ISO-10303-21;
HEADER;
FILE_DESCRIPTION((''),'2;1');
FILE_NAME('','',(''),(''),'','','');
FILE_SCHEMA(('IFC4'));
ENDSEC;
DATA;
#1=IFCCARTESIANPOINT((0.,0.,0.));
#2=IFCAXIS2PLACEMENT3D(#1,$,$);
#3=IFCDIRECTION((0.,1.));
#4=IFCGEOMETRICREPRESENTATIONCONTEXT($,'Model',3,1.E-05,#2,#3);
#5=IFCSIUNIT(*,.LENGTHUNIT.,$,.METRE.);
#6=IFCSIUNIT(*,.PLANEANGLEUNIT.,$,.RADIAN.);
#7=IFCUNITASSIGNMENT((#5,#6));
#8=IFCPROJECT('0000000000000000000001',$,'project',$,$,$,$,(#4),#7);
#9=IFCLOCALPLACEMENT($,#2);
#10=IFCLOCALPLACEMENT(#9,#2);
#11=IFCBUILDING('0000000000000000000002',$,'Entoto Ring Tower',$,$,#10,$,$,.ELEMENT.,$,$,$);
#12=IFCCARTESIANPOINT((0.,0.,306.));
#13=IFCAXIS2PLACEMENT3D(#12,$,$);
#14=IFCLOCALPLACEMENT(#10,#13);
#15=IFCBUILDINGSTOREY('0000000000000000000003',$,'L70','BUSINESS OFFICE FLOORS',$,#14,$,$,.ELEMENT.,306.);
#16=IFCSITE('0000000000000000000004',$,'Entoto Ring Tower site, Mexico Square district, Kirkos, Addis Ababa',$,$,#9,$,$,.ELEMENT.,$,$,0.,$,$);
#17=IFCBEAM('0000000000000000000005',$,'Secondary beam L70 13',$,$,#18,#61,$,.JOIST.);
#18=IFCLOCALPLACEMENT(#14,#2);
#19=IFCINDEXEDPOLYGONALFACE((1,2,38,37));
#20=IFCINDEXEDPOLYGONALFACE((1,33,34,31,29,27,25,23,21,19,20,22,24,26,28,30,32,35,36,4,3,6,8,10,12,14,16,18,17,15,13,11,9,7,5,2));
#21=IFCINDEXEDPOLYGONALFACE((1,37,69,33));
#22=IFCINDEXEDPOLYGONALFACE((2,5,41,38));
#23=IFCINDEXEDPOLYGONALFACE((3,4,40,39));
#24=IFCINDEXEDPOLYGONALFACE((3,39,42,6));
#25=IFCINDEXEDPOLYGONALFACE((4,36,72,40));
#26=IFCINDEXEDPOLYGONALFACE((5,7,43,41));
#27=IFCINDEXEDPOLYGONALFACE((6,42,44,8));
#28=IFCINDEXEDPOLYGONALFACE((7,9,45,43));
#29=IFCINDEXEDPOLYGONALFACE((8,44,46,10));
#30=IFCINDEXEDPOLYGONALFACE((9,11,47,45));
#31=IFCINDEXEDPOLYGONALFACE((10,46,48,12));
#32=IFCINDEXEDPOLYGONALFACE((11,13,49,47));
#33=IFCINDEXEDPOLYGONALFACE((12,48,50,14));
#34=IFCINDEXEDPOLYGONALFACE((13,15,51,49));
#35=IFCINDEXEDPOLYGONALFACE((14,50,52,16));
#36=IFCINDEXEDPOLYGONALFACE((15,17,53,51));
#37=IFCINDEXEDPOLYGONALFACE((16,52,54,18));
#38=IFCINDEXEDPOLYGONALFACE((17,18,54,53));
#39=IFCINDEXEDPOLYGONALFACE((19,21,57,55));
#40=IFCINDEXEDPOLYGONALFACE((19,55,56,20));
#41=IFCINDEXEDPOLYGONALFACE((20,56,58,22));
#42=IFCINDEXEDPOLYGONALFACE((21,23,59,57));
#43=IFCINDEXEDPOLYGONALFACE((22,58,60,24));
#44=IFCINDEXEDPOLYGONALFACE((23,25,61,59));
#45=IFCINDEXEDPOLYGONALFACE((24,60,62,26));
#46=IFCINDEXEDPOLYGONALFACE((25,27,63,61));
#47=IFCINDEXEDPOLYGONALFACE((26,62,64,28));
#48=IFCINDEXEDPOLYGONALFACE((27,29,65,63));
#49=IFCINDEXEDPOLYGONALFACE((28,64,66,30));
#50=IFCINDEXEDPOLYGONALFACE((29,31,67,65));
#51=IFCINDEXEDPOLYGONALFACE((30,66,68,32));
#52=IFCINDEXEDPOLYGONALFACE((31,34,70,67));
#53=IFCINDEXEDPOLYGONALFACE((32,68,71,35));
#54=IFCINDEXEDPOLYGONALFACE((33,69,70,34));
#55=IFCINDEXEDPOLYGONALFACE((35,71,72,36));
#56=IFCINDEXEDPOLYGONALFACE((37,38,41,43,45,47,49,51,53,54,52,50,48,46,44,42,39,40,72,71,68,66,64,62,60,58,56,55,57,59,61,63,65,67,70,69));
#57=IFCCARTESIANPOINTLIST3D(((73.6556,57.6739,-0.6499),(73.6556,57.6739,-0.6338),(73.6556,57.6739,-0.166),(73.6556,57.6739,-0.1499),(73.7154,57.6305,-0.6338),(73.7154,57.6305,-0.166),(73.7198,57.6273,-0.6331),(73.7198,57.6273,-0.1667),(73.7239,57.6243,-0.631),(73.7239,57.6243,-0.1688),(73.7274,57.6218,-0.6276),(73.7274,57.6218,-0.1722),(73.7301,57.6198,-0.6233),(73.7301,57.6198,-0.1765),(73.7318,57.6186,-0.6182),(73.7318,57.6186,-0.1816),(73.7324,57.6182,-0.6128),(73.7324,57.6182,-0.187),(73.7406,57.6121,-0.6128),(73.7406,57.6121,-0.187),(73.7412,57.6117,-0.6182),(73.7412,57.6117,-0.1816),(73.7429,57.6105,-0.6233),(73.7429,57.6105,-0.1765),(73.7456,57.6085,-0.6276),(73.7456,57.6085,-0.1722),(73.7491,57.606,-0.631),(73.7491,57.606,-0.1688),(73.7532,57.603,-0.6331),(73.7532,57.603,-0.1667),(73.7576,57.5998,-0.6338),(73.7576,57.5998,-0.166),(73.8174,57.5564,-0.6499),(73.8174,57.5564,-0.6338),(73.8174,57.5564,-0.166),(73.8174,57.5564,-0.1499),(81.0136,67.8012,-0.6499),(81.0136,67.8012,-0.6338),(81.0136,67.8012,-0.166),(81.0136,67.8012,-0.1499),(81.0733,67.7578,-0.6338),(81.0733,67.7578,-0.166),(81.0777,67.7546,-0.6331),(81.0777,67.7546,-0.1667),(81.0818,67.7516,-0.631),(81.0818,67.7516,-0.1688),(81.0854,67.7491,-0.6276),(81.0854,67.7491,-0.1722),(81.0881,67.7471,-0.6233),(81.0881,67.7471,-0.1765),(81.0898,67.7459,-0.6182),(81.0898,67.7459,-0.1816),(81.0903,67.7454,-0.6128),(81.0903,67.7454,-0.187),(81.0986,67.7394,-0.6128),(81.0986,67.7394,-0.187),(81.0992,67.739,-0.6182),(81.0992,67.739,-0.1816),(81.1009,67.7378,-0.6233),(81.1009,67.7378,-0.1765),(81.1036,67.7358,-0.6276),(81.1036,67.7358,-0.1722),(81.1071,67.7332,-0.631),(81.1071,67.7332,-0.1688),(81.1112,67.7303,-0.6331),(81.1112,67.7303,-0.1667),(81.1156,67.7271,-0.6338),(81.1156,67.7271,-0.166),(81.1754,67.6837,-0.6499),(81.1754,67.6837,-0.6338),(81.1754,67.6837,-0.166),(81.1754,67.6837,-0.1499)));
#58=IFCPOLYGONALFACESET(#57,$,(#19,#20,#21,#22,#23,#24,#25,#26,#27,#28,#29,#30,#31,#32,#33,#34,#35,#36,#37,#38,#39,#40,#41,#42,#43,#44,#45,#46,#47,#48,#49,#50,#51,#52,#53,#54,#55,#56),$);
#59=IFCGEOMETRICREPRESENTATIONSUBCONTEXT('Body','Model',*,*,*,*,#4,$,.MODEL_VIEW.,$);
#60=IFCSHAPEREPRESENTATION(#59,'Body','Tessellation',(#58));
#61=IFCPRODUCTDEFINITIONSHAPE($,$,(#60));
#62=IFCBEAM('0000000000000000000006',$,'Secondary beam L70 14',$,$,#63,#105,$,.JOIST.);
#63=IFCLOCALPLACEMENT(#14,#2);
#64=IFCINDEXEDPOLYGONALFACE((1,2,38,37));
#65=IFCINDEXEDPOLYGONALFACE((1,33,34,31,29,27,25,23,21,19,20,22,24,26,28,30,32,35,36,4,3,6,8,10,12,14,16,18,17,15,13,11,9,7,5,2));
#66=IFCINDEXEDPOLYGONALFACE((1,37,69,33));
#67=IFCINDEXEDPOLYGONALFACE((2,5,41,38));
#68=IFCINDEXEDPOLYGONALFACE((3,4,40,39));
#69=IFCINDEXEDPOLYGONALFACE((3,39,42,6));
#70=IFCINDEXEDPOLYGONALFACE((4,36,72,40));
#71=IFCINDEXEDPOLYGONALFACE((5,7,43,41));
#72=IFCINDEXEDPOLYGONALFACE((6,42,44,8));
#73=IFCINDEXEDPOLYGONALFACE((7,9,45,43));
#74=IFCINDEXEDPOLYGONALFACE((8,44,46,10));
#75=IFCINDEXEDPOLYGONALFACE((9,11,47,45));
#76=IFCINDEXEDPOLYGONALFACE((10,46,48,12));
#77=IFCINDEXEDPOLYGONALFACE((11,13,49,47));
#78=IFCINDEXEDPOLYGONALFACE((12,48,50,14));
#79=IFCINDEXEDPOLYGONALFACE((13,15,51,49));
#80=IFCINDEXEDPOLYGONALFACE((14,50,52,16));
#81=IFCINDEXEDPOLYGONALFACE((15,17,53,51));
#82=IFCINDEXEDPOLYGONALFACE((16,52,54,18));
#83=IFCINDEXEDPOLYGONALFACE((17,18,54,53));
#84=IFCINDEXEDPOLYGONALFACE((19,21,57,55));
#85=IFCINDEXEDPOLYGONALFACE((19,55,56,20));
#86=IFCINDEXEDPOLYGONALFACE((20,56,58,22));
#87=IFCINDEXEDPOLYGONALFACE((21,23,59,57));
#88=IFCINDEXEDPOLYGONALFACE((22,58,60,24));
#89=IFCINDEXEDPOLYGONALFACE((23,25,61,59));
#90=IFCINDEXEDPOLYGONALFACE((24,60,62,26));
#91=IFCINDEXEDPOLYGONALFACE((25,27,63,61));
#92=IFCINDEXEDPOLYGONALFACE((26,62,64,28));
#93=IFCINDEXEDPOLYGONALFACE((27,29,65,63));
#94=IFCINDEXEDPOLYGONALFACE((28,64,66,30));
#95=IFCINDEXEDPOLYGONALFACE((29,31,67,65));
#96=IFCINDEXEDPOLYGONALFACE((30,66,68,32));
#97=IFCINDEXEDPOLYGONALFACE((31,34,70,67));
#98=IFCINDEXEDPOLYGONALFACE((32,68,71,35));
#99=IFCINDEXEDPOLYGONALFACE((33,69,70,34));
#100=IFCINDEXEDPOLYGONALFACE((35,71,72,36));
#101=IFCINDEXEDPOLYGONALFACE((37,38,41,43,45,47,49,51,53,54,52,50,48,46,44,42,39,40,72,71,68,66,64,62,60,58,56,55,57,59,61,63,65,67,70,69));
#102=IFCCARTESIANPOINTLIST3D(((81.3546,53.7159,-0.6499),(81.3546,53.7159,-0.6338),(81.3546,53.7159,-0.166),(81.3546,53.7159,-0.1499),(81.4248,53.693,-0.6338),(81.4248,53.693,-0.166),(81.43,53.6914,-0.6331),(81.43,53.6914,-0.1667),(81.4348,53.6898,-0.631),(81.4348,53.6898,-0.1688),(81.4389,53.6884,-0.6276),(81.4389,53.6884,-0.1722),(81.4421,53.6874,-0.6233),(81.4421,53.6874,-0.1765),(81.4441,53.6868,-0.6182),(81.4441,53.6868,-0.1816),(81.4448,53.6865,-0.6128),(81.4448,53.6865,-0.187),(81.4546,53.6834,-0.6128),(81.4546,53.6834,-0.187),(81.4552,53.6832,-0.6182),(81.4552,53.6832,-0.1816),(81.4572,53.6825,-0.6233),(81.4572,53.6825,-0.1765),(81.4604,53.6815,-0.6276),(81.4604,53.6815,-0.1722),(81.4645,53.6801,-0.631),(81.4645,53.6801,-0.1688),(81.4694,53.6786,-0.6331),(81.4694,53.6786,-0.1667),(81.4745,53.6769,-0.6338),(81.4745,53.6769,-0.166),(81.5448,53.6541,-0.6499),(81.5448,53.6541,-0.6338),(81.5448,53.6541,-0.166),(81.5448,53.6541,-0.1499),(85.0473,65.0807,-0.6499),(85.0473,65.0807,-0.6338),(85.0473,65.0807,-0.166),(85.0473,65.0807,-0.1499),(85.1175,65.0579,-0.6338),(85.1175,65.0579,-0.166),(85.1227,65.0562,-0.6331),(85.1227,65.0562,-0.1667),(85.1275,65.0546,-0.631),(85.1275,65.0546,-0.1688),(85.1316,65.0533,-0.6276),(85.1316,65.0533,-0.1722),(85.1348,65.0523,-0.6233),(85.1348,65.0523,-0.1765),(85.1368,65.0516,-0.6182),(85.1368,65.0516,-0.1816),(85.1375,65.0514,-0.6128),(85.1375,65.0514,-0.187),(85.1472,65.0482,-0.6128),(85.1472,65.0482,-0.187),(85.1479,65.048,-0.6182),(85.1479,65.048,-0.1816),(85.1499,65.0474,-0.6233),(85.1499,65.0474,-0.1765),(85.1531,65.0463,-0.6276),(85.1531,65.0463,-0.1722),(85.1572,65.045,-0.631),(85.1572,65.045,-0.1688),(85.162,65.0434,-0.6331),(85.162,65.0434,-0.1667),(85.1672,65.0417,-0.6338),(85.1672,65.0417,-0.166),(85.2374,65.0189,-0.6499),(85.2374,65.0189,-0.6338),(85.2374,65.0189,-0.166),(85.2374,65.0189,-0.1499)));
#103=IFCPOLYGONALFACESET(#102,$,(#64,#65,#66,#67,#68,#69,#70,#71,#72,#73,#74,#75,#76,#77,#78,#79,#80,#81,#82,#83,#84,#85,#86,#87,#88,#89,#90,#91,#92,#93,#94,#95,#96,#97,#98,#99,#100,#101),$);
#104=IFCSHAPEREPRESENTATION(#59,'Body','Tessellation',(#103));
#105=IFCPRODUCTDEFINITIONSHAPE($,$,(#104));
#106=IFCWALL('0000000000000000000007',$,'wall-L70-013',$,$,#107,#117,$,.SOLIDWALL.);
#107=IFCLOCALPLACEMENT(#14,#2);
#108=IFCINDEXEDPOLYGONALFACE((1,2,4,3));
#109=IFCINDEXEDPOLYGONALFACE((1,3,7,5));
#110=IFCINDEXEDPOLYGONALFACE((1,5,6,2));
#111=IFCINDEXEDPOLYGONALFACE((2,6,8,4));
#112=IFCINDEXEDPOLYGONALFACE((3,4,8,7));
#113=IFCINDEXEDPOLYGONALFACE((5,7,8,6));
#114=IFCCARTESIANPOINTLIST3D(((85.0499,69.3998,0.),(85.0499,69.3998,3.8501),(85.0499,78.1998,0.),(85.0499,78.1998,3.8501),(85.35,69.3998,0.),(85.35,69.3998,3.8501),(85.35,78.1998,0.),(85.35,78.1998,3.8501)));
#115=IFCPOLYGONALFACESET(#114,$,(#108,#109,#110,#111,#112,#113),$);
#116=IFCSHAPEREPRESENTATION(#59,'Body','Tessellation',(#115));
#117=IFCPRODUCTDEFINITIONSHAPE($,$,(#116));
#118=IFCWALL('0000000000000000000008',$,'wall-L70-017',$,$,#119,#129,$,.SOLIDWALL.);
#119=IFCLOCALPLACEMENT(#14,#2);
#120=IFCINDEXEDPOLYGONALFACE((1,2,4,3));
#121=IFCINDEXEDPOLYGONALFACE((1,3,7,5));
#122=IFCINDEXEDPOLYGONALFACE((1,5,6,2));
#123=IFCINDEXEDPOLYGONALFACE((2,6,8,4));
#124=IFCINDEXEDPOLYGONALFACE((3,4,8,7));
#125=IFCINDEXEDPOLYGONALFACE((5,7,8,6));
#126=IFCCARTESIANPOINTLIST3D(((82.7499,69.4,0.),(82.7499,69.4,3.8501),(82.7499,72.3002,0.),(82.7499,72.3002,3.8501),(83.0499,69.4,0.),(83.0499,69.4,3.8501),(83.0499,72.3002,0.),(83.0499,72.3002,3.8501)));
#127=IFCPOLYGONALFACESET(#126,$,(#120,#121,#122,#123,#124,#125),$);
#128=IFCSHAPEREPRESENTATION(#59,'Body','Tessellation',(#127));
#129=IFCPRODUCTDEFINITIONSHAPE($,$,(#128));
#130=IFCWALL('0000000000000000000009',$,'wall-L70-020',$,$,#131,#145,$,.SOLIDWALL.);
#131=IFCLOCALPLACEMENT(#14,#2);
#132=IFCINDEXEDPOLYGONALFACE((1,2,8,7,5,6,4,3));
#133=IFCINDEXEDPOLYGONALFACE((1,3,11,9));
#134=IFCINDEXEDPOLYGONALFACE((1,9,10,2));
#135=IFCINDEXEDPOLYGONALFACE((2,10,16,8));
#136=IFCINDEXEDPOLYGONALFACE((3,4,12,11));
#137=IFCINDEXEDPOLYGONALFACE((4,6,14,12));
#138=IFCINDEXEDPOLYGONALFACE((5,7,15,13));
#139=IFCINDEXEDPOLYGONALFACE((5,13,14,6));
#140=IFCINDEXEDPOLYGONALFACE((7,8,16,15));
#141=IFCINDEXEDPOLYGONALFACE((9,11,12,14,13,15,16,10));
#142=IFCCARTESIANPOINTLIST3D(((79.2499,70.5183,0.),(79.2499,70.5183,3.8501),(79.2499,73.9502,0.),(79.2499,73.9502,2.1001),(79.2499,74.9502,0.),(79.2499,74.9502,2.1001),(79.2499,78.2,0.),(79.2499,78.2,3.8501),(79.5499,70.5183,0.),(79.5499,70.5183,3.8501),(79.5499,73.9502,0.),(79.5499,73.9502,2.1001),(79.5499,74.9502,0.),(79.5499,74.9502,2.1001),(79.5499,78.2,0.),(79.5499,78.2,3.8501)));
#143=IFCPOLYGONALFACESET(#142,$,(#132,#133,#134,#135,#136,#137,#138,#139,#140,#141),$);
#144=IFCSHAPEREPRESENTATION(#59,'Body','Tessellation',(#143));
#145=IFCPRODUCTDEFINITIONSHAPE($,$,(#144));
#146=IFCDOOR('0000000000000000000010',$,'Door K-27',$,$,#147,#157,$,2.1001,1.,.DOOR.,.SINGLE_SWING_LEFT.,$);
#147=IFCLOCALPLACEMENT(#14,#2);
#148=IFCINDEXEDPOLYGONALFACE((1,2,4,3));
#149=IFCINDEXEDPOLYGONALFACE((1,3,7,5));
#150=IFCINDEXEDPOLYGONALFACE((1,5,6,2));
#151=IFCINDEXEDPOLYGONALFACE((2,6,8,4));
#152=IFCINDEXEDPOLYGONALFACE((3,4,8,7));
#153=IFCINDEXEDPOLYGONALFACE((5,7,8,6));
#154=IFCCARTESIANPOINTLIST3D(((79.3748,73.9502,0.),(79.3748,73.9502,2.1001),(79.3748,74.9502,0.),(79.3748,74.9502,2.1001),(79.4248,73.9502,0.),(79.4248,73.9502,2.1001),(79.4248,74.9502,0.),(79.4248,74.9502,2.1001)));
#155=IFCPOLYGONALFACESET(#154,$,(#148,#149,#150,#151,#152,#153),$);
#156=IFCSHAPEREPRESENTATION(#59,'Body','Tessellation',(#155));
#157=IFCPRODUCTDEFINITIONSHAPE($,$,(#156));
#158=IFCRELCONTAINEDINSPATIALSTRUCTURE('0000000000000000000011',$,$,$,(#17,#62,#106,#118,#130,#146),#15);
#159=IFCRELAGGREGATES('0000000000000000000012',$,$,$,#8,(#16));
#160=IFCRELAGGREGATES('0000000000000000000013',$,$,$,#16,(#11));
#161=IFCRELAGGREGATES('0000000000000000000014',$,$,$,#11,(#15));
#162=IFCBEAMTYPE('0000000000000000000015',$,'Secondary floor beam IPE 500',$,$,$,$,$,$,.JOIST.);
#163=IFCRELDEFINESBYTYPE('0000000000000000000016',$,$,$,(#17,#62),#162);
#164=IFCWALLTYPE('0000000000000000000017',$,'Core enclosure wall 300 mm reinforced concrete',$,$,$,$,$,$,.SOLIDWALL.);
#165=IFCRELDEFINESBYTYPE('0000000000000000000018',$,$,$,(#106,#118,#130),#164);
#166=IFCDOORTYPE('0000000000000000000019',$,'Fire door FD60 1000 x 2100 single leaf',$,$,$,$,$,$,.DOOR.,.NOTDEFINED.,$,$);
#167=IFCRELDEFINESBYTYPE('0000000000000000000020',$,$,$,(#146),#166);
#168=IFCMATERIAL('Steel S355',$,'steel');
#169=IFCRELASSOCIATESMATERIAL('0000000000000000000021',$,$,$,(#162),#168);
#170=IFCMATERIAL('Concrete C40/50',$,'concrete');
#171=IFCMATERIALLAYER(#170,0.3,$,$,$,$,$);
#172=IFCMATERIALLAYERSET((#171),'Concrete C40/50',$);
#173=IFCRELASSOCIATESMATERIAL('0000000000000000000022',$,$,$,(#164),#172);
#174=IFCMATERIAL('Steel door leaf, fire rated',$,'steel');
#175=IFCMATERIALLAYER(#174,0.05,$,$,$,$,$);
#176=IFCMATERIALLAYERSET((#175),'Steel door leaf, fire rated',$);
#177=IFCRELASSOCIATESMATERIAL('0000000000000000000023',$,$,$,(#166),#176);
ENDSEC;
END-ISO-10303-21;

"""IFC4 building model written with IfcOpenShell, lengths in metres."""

from ifc_helpers import new_model, si_unit, direction, frame, frame_2d, origin, origin_2d, place, context, subcontext, project, spatial, rectangle, i_section, extrude, material, layer, layer_set, material_profile, profile_set, type_object, element, fill, save


model = new_model("IFC4")

# Units and contexts
model_context = context("Model", 3, precision=1e-05, world=origin(), true_north=direction((0.0, 1.0)))
body_context = subcontext(model_context, "Body", "Model", "MODEL_VIEW")
ifc_project = project(units=[si_unit("LENGTHUNIT", "METRE"), si_unit("PLANEANGLEUNIT", "RADIAN")], contexts=[model_context])

# Site, building, storey
site_placement = place(None, origin())
site = spatial("IfcSite", under=ifc_project, at=site_placement, Name="Entoto Ring Tower site, Mexico Square district, Kirkos, Addis Ababa", CompositionType="ELEMENT", RefElevation=0.0)
building_placement = place(site_placement, origin())
building = spatial("IfcBuilding", under=site, at=building_placement, Name="Entoto Ring Tower", CompositionType="ELEMENT")
storey_placement = place(building_placement, frame((0.0, 0.0, 306.0)))
storey = spatial("IfcBuildingStorey", under=building, at=storey_placement, Name="L70", Description="BUSINESS OFFICE FLOORS", CompositionType="ELEMENT", Elevation=306.0)

# Beams
ifc_material_1 = material(Name="Steel S355", Category="steel")
ifc_material_profile_1 = material_profile(ifc_material_1, i_section(OverallWidth=0.2, OverallDepth=0.5, WebThickness=0.0103, FlangeThickness=0.0161, FilletRadius=0.021, at=origin_2d()), Name="IPE 500")
ifc_profile_set_1 = profile_set([ifc_material_profile_1], Name="Steel S355")
beam_type_1 = type_object("IfcBeamType", Name="Secondary floor beam IPE 500", PredefinedType="JOIST", material=ifc_profile_set_1)
for number, where, z_axis, x_axis, name in (
    (1, (81.0945, 67.7424, -0.3999), (-0.587789, -0.809014, 0.0), (0.809014, -0.587789, 0.0), "Secondary beam L70 13"),
):
    element("IfcBeam", number, at=place(storey_placement, frame(where, z_axis=z_axis, x_axis=x_axis)), inside=storey, type_object=beam_type_1, Name=name, PredefinedType="JOIST", context=body_context, shape_type="SweptSolid", body=[
        extrude(i_section(OverallWidth=0.2, OverallDepth=0.5, WebThickness=0.0103, FlangeThickness=0.0161, FilletRadius=0.021, at=origin_2d()), origin(), (0.0, 0.0, 1.0), 12.5181),
    ])
beam_1_placement = place(storey_placement, frame((85.1423, 65.0498, -0.3999), z_axis=(-0.309017, -0.951057, 0.0), x_axis=(0.951057, -0.309017, 0.0)))
element("IfcBeam", 2, at=beam_1_placement, inside=storey, type_object=beam_type_1, Name="Secondary beam L70 14", PredefinedType="JOIST", context=body_context, shape_type="SweptSolid", body=[
    extrude(i_section(OverallWidth=0.2, OverallDepth=0.5, WebThickness=0.0103, FlangeThickness=0.0161, FilletRadius=0.021, at=origin_2d()), origin(), (0.0, 0.0, 1.0), 11.9497),
])

# Walls
ifc_material_2 = material(Name="Concrete C40/50", Category="concrete")
ifc_layer_1 = layer(ifc_material_2, 0.3)
ifc_layer_set_1 = layer_set([ifc_layer_1], Name="Concrete C40/50")
wall_type_1 = type_object("IfcWallType", Name="Core enclosure wall 300 mm reinforced concrete", PredefinedType="SOLIDWALL", material=ifc_layer_set_1)
wall_1_placement = place(storey_placement, frame((85.2, 69.3999, 0.0), z_axis=(0.0, 0.0, 1.0), x_axis=(0.0, 1.0, 0.0)))
element("IfcWall", 3, at=wall_1_placement, inside=storey, type_object=wall_type_1, Name="wall-L70-013", PredefinedType="SOLIDWALL", context=body_context, shape_type="SweptSolid", body=[
    extrude(rectangle(XDim=8.8, YDim=0.3, at=frame_2d((4.3999, 0.0))), origin(), (0.0, 0.0, 1.0), 3.8501),
])
wall_2_placement = place(storey_placement, frame((82.8999, 69.3999, 0.0), z_axis=(0.0, 0.0, 1.0), x_axis=(0.0, 1.0, 0.0)))
element("IfcWall", 4, at=wall_2_placement, inside=storey, type_object=wall_type_1, Name="wall-L70-017", PredefinedType="SOLIDWALL", context=body_context, shape_type="SweptSolid", body=[
    extrude(rectangle(XDim=2.9001, YDim=0.3, at=frame_2d((1.4502, 0.0))), origin(), (0.0, 0.0, 1.0), 3.8501),
])

# Wall, opening, door
wall_3_placement = place(storey_placement, frame((79.3999, 70.5183, 0.0), z_axis=(0.0, 0.0, 1.0), x_axis=(0.0, 1.0, 0.0)))
wall_3 = element("IfcWall", 5, at=wall_3_placement, inside=storey, type_object=wall_type_1, Name="wall-L70-020", PredefinedType="SOLIDWALL", context=body_context, shape_type="SweptSolid", body=[
    extrude(rectangle(XDim=7.6816, YDim=0.3, at=frame_2d((3.8408, 0.0))), origin(), (0.0, 0.0, 1.0), 3.8501),
])
opening_1_placement = place(wall_3_placement, frame((3.4319, 0.0, 0.0)))
opening_1 = element("IfcOpeningElement", 6, at=opening_1_placement, cuts=wall_3, PredefinedType="OPENING", context=body_context, shape_type="SweptSolid", body=[
    extrude(rectangle(XDim=1.0, YDim=2.1001, at=frame_2d((0.5, 1.05))), frame((0.0, 0.1602, 0.0), z_axis=(0.0, -1.0, 0.0), x_axis=(1.0, 0.0, 0.0)), (0.0, 0.0, 1.0), 0.3201),
])
ifc_material_3 = material(Name="Steel door leaf, fire rated", Category="steel")
ifc_layer_2 = layer(ifc_material_3, 0.05)
ifc_layer_set_2 = layer_set([ifc_layer_2], Name="Steel door leaf, fire rated")
door_type_1 = type_object("IfcDoorType", Name="Fire door FD60 1000 x 2100 single leaf", OperationType="NOTDEFINED", PredefinedType="DOOR", material=ifc_layer_set_2)
door_1_placement = place(opening_1_placement, frame((1.0, 0.0, 0.0), z_axis=(0.0, 0.0, 1.0), x_axis=(-1.0, 0.0, 0.0)))
door_1 = element("IfcDoor", 7, at=door_1_placement, inside=storey, type_object=door_type_1, Name="Door K-27", OperationType="SINGLE_SWING_LEFT", OverallHeight=2.1001, OverallWidth=1.0, PredefinedType="DOOR", context=body_context, shape_type="SweptSolid", body=[
    extrude(rectangle(XDim=1.0, YDim=2.1001, at=frame_2d((0.5, 1.05))), frame((0.0, 0.0249, 0.0), z_axis=(0.0, -1.0, 0.0), x_axis=(1.0, 0.0, 0.0)), (0.0, 0.0, 1.0), 0.05),
])
fill(opening_1, door_1)

save(model, "model.ifc")
